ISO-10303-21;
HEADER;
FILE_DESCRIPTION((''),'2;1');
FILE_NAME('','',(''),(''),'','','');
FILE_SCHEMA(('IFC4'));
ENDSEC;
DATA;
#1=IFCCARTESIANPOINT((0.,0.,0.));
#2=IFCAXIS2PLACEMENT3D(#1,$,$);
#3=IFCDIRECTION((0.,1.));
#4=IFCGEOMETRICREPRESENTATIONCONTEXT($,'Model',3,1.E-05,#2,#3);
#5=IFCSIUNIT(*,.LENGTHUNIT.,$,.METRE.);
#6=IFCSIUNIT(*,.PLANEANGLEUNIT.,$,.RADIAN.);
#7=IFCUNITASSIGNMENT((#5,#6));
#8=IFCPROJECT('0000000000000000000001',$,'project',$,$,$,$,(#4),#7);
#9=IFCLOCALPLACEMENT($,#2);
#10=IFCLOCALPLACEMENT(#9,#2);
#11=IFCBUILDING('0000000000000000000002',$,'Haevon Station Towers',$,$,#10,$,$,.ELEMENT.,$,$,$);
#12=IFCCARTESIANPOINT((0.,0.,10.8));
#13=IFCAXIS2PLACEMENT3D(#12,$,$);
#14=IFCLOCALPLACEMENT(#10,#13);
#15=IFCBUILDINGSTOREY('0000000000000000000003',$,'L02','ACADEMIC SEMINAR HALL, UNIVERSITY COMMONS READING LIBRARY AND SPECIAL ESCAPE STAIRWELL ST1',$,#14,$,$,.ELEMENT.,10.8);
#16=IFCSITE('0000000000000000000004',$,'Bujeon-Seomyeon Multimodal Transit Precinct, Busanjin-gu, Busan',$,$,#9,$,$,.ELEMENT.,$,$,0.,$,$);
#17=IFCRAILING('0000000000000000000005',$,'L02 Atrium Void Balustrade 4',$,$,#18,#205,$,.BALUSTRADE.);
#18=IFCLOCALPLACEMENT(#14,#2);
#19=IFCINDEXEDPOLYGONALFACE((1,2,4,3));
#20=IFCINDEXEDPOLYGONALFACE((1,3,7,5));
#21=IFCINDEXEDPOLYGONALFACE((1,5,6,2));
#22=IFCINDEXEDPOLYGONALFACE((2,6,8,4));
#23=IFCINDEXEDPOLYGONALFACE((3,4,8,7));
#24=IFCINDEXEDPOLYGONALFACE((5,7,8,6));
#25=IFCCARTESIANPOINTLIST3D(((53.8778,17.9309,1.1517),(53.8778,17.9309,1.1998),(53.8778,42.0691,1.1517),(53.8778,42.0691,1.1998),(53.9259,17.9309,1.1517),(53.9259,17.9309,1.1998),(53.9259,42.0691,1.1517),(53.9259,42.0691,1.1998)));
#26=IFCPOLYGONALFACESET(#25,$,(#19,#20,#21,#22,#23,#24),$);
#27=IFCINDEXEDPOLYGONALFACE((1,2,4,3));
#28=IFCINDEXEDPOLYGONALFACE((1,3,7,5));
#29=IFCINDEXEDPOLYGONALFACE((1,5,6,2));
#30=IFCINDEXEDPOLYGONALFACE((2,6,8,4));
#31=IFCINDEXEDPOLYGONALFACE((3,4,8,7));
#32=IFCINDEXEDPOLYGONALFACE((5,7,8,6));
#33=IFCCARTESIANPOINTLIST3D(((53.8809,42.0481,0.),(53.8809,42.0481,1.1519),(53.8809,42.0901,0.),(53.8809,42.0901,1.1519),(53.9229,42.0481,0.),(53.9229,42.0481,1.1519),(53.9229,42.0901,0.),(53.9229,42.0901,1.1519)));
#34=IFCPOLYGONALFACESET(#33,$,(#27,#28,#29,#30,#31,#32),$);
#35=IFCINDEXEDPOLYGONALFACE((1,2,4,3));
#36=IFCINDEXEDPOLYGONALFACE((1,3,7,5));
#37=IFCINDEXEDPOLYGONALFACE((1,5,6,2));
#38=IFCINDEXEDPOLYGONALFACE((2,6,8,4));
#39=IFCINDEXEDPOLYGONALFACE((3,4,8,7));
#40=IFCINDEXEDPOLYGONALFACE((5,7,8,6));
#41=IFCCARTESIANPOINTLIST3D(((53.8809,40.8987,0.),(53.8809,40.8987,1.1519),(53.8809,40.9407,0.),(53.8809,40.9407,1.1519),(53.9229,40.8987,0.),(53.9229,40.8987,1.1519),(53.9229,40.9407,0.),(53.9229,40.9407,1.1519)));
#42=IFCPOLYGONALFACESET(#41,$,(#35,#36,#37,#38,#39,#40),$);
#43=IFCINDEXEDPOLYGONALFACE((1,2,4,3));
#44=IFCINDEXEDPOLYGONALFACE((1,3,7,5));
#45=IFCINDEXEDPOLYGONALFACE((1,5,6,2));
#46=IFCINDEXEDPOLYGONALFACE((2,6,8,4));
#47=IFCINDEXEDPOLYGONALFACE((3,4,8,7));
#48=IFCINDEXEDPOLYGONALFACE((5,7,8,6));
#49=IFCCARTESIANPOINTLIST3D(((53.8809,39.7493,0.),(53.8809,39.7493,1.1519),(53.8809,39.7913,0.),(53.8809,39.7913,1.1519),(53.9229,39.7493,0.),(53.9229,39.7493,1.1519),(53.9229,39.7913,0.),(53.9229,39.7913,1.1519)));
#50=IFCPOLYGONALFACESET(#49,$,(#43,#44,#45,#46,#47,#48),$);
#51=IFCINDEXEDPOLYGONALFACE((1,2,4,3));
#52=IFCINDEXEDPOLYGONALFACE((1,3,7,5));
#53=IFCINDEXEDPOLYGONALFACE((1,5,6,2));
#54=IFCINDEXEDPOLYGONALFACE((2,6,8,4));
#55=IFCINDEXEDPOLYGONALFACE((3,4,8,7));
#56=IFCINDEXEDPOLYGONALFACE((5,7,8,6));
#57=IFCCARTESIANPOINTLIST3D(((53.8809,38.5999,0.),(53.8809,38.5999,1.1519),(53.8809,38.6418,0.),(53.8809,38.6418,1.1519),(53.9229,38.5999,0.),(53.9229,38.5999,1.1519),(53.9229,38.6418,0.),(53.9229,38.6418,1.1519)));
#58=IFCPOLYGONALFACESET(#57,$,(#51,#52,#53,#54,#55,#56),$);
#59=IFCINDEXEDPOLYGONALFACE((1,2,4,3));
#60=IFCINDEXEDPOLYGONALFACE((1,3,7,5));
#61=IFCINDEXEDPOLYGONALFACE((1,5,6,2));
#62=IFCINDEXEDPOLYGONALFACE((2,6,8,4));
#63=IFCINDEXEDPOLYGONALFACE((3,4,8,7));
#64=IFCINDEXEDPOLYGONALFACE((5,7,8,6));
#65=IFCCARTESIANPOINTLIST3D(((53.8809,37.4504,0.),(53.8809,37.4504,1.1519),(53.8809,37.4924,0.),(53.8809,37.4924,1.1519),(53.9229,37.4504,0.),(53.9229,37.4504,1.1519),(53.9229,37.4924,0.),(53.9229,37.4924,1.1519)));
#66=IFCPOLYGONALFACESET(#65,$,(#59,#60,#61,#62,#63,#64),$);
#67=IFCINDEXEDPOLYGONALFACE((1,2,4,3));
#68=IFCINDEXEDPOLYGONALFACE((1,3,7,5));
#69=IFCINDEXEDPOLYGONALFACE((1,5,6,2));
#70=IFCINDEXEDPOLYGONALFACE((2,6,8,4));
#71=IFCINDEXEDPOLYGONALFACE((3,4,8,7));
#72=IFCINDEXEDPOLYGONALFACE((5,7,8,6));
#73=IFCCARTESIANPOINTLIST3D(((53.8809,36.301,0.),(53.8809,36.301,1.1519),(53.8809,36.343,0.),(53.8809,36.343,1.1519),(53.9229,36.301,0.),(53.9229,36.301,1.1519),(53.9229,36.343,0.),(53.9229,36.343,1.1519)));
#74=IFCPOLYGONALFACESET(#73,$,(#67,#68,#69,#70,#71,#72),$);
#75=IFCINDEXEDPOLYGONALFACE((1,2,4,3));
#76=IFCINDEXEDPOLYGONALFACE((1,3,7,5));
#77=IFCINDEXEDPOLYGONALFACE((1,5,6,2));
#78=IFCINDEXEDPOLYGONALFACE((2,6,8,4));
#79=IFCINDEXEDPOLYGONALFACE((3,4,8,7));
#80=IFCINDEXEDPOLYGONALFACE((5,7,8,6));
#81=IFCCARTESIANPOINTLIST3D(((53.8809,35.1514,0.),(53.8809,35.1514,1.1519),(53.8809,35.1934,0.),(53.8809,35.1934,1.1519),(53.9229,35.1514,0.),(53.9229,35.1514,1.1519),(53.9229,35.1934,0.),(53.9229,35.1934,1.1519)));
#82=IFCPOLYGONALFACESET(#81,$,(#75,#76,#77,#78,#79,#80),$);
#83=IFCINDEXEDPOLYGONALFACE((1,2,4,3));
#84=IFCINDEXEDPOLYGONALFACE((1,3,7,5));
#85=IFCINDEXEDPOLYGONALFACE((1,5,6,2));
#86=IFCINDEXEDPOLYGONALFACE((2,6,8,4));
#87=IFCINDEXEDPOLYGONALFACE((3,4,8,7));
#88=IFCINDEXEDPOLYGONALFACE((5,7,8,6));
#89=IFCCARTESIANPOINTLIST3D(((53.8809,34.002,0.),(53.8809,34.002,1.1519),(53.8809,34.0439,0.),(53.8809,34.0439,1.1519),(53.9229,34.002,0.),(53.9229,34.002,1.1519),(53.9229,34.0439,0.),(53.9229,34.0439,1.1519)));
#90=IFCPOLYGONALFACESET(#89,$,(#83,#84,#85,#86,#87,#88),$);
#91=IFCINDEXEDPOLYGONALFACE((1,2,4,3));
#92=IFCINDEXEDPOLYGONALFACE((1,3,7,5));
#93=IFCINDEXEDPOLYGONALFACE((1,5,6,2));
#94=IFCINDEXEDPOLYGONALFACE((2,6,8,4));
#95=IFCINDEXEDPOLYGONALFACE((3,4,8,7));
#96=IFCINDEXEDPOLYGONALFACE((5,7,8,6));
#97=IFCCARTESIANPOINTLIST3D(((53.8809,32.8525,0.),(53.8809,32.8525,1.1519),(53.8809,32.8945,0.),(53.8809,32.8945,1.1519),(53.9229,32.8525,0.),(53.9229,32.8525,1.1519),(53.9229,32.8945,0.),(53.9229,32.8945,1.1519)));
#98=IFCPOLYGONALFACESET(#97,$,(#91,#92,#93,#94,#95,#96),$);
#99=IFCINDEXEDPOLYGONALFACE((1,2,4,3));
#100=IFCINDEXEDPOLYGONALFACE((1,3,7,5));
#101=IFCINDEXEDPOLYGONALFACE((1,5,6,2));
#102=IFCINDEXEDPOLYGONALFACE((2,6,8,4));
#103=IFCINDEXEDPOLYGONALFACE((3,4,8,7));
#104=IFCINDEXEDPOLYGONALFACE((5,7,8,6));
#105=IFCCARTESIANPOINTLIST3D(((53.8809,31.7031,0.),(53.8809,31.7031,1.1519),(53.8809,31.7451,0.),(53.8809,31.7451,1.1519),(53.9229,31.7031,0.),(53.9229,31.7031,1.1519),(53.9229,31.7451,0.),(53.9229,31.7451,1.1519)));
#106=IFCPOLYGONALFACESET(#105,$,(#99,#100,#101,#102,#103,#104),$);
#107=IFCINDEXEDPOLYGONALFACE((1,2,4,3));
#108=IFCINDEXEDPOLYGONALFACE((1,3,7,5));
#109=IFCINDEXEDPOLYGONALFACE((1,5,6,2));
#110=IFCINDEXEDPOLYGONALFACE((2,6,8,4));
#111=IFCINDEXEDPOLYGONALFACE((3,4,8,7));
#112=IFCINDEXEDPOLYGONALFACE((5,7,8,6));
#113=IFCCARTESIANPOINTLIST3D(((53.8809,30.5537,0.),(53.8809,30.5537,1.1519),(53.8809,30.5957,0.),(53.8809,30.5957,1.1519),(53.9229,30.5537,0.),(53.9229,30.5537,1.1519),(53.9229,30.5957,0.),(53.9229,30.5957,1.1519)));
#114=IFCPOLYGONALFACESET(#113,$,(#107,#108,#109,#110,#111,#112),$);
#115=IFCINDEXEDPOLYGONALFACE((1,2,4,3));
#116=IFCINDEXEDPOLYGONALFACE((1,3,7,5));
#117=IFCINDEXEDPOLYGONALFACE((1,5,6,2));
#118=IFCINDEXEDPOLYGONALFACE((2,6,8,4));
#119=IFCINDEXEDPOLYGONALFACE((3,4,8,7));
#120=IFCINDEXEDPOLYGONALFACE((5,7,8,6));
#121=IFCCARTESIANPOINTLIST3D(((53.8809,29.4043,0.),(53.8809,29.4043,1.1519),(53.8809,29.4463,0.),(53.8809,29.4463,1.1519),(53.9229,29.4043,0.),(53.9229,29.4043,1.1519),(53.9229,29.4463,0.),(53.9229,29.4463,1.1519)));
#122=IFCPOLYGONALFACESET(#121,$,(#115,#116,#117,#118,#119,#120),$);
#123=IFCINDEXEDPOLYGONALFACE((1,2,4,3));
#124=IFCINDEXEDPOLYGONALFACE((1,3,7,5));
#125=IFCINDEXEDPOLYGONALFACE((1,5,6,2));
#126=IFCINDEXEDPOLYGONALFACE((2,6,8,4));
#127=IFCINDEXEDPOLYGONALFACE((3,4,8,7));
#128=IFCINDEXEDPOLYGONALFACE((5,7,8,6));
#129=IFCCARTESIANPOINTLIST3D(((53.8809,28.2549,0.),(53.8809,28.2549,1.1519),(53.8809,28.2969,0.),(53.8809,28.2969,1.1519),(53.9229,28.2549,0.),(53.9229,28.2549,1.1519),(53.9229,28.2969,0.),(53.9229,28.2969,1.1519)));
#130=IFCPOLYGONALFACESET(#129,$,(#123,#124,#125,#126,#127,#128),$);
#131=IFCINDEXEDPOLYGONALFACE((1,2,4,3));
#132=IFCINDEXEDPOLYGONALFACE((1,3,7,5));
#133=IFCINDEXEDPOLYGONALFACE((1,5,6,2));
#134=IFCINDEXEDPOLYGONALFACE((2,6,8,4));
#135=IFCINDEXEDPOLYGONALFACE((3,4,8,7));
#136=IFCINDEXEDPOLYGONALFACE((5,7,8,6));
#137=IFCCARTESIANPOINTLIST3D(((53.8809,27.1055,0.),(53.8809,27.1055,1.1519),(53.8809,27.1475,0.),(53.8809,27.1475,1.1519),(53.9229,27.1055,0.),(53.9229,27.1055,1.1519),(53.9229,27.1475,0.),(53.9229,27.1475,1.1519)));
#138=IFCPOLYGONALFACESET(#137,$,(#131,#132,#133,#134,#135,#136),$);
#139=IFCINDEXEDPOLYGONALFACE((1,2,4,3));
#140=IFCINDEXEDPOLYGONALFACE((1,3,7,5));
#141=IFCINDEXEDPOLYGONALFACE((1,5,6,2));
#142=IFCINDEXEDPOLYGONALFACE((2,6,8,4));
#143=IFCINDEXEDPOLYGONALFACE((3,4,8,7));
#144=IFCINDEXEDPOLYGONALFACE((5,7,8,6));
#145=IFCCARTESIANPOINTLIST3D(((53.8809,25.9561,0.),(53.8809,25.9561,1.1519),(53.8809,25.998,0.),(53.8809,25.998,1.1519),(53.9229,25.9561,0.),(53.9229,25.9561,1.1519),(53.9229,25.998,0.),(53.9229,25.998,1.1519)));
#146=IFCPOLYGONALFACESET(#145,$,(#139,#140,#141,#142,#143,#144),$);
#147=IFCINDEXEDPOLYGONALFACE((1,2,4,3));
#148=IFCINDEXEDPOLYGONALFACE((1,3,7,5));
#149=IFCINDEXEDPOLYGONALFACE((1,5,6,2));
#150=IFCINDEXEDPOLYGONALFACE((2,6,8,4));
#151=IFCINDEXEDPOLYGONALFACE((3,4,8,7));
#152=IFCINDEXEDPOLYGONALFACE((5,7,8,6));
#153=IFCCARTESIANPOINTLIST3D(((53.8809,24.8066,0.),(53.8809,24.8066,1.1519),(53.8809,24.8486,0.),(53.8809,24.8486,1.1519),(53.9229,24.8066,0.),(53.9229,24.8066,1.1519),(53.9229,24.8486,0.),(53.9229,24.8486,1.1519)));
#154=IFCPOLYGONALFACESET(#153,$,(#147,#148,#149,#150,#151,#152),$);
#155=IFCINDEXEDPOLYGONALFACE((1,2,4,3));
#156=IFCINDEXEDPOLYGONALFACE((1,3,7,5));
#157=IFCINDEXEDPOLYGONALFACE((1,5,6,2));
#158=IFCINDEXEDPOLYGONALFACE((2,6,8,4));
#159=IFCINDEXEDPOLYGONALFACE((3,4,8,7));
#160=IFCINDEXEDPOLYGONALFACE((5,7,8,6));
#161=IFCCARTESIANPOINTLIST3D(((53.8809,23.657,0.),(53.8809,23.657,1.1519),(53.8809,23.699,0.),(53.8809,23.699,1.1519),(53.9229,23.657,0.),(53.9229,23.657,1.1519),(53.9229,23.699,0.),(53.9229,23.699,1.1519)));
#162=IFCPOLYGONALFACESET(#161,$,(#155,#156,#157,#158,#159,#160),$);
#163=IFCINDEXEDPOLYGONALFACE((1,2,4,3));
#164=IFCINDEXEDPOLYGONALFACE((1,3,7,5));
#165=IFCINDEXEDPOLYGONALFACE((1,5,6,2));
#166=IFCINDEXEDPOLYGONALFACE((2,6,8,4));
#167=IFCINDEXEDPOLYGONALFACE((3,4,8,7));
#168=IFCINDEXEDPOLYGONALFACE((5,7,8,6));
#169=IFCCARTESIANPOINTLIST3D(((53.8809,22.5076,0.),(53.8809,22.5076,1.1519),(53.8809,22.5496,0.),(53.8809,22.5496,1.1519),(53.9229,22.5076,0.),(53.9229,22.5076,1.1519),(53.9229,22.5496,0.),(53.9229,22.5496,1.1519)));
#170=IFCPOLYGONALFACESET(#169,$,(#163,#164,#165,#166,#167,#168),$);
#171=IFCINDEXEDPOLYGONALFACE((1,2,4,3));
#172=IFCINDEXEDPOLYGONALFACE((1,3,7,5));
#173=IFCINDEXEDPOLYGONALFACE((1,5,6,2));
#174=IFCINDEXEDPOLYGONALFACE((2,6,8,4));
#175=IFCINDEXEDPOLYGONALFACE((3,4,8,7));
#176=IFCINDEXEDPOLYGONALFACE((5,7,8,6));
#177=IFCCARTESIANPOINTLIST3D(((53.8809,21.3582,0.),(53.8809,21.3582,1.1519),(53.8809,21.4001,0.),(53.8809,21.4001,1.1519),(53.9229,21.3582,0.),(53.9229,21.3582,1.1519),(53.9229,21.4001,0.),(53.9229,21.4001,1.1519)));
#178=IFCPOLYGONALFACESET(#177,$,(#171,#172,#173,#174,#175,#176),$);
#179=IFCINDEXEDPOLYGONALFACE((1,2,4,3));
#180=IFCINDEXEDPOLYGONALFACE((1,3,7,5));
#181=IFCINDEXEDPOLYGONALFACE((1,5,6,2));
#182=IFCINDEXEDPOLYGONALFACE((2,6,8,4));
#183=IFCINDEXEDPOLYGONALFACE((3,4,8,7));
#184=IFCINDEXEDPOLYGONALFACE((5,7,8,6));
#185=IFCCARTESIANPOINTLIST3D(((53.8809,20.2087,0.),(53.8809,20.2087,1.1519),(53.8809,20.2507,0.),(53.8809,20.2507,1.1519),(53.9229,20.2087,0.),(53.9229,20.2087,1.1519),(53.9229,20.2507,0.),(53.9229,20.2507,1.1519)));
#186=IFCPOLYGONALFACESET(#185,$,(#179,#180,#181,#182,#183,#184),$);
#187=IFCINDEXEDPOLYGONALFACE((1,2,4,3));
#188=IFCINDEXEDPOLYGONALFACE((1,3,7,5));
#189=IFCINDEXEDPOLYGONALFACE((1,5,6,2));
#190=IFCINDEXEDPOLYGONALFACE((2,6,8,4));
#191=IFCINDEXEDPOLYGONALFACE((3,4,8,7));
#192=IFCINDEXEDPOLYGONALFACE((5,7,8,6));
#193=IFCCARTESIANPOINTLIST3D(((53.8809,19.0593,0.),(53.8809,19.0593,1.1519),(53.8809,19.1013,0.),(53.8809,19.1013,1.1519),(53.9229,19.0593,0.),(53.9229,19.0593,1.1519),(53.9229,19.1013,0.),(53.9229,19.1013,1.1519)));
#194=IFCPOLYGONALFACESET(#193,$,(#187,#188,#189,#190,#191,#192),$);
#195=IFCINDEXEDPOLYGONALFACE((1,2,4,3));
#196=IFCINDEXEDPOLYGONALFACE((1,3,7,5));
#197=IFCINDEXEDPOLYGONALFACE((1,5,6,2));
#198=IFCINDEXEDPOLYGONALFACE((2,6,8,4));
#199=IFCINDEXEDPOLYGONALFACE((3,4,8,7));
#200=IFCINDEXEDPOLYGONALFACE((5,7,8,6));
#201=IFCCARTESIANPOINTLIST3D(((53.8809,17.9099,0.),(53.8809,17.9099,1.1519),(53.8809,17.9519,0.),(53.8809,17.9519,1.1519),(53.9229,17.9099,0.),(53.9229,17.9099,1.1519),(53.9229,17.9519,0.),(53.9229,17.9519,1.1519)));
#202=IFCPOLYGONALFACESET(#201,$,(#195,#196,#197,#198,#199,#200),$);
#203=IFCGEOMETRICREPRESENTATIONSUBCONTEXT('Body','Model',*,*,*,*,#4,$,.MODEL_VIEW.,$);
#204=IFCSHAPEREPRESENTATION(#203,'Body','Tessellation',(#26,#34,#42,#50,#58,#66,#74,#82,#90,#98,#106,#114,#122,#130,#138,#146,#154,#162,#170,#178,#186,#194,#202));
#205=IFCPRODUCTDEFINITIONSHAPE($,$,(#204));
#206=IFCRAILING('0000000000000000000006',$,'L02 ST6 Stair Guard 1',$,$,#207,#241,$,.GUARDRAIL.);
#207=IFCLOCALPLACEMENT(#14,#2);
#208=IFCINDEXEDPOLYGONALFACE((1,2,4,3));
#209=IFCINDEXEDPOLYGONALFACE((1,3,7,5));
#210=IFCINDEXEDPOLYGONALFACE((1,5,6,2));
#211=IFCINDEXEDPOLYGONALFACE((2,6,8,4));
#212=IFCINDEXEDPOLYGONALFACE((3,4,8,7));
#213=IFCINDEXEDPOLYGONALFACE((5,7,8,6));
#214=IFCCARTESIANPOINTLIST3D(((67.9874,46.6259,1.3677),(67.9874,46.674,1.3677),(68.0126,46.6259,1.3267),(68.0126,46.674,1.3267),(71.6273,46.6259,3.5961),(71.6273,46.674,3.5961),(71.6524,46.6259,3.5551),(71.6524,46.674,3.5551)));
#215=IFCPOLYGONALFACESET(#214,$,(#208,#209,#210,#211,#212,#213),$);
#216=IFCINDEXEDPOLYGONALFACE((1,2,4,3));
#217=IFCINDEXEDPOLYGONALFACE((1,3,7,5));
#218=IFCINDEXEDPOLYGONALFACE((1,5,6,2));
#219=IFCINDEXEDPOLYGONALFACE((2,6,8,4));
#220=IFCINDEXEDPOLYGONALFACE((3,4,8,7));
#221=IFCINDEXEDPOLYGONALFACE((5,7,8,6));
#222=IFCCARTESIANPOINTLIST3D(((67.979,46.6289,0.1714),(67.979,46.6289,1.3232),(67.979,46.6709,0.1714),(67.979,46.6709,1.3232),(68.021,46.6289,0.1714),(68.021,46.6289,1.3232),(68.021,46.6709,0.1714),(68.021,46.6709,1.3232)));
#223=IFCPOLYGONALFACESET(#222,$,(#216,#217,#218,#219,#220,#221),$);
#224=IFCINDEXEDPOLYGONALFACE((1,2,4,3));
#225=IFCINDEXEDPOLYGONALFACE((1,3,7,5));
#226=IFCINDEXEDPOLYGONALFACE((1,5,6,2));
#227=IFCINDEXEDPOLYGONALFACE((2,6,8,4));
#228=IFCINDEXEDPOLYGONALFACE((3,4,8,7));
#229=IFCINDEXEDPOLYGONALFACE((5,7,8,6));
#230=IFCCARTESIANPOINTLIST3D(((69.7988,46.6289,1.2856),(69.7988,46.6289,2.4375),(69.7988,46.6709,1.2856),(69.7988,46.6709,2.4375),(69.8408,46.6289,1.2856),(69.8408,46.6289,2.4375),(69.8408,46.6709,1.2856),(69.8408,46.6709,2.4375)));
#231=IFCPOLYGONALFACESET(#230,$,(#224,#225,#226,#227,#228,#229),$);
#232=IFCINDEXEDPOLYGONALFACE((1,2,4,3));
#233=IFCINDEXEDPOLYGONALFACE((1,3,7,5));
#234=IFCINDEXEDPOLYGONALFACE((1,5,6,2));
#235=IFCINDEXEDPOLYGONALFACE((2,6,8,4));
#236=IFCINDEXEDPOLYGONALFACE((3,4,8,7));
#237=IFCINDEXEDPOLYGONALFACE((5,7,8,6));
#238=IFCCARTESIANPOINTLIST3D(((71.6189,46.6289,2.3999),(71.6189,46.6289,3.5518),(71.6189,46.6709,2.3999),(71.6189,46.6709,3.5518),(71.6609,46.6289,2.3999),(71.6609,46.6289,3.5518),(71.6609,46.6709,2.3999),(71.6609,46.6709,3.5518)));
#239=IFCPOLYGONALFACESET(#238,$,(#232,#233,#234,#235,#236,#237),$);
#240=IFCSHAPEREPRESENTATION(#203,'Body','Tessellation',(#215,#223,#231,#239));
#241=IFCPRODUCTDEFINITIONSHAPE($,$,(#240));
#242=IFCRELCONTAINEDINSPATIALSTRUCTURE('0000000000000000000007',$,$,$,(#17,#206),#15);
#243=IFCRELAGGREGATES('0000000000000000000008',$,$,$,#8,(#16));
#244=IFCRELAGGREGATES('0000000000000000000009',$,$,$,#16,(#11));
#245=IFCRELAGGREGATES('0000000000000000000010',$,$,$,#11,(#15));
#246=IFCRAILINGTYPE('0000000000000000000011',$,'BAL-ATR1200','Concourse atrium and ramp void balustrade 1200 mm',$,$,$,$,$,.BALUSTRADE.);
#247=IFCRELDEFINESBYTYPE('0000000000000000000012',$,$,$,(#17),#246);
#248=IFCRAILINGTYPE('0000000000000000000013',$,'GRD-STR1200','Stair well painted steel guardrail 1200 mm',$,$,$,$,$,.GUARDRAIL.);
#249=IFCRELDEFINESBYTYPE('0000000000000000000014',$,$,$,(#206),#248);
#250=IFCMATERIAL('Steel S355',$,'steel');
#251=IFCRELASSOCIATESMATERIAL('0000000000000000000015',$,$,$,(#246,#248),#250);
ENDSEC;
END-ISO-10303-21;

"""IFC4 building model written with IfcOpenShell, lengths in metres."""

from ifc_helpers import new_model, si_unit, direction, frame, origin, origin_2d, place, context, subcontext, project, spatial, rectangle, extrude, material, type_object, element, save


model = new_model("IFC4")

# Units and contexts
model_context = context("Model", 3, precision=1e-05, world=origin(), true_north=direction((0.0, 1.0)))
body_context = subcontext(model_context, "Body", "Model", "MODEL_VIEW")
ifc_project = project(units=[si_unit("LENGTHUNIT", "METRE"), si_unit("PLANEANGLEUNIT", "RADIAN")], contexts=[model_context])

# Site, building, storey
site_placement = place(None, origin())
site = spatial("IfcSite", under=ifc_project, at=site_placement, Name="Bujeon-Seomyeon Multimodal Transit Precinct, Busanjin-gu, Busan", CompositionType="ELEMENT", RefElevation=0.0)
building_placement = place(site_placement, origin())
building = spatial("IfcBuilding", under=site, at=building_placement, Name="Haevon Station Towers", CompositionType="ELEMENT")
storey_placement = place(building_placement, frame((0.0, 0.0, 10.8)))
storey = spatial("IfcBuildingStorey", under=building, at=storey_placement, Name="L02", Description="ACADEMIC SEMINAR HALL, UNIVERSITY COMMONS READING LIBRARY AND SPECIAL ESCAPE STAIRWELL ST1", CompositionType="ELEMENT", Elevation=10.8)

# Shared definitions
ifc_material_1 = material(Name="Steel S355", Category="steel")

# Railings
railing_type_1 = type_object("IfcRailingType", Name="BAL-ATR1200", Description="Concourse atrium and ramp void balustrade 1200 mm", PredefinedType="BALUSTRADE", material=ifc_material_1)
railing_1_placement = place(storey_placement, frame((53.9019, 42.0691, 0.0)))
element("IfcRailing", 1, at=railing_1_placement, inside=storey, type_object=railing_type_1, Name="L02 Atrium Void Balustrade 4", PredefinedType="BALUSTRADE", context=body_context, shape_type="SweptSolid", body=[
    extrude(rectangle(XDim=0.0481, YDim=0.0481, at=origin_2d()), frame((0.0, 0.0, 1.1758), z_axis=(0.0, -1.0, 0.0), x_axis=(1.0, 0.0, 0.0)), (0.0, 0.0, 1.0), 24.1382),
    extrude(rectangle(XDim=0.042, YDim=0.042, at=origin_2d()), origin(), (0.0, 0.0, 1.0), 1.1519),
    extrude(rectangle(XDim=0.042, YDim=0.042, at=origin_2d()), frame((0.0, -1.1494, 0.0)), (0.0, 0.0, 1.0), 1.1519),
    extrude(rectangle(XDim=0.042, YDim=0.042, at=origin_2d()), frame((0.0, -2.2988, 0.0)), (0.0, 0.0, 1.0), 1.1519),
    extrude(rectangle(XDim=0.042, YDim=0.042, at=origin_2d()), frame((0.0, -3.4482, 0.0)), (0.0, 0.0, 1.0), 1.1519),
    extrude(rectangle(XDim=0.042, YDim=0.042, at=origin_2d()), frame((0.0, -4.5977, 0.0)), (0.0, 0.0, 1.0), 1.1519),
    extrude(rectangle(XDim=0.042, YDim=0.042, at=origin_2d()), frame((0.0, -5.7471, 0.0)), (0.0, 0.0, 1.0), 1.1519),
    extrude(rectangle(XDim=0.042, YDim=0.042, at=origin_2d()), frame((0.0, -6.8967, 0.0)), (0.0, 0.0, 1.0), 1.1519),
    extrude(rectangle(XDim=0.042, YDim=0.042, at=origin_2d()), frame((0.0, -8.0461, 0.0)), (0.0, 0.0, 1.0), 1.1519),
    extrude(rectangle(XDim=0.042, YDim=0.042, at=origin_2d()), frame((0.0, -9.1956, 0.0)), (0.0, 0.0, 1.0), 1.1519),
    extrude(rectangle(XDim=0.042, YDim=0.042, at=origin_2d()), frame((0.0, -10.345, 0.0)), (0.0, 0.0, 1.0), 1.1519),
    extrude(rectangle(XDim=0.042, YDim=0.042, at=origin_2d()), frame((0.0, -11.4944, 0.0)), (0.0, 0.0, 1.0), 1.1519),
    extrude(rectangle(XDim=0.042, YDim=0.042, at=origin_2d()), frame((0.0, -12.6438, 0.0)), (0.0, 0.0, 1.0), 1.1519),
    extrude(rectangle(XDim=0.042, YDim=0.042, at=origin_2d()), frame((0.0, -13.7932, 0.0)), (0.0, 0.0, 1.0), 1.1519),
    extrude(rectangle(XDim=0.042, YDim=0.042, at=origin_2d()), frame((0.0, -14.9426, 0.0)), (0.0, 0.0, 1.0), 1.1519),
    extrude(rectangle(XDim=0.042, YDim=0.042, at=origin_2d()), frame((0.0, -16.092, 0.0)), (0.0, 0.0, 1.0), 1.1519),
    extrude(rectangle(XDim=0.042, YDim=0.042, at=origin_2d()), frame((0.0, -17.2415, 0.0)), (0.0, 0.0, 1.0), 1.1519),
    extrude(rectangle(XDim=0.042, YDim=0.042, at=origin_2d()), frame((0.0, -18.3911, 0.0)), (0.0, 0.0, 1.0), 1.1519),
    extrude(rectangle(XDim=0.042, YDim=0.042, at=origin_2d()), frame((0.0, -19.5405, 0.0)), (0.0, 0.0, 1.0), 1.1519),
    extrude(rectangle(XDim=0.042, YDim=0.042, at=origin_2d()), frame((0.0, -20.6899, 0.0)), (0.0, 0.0, 1.0), 1.1519),
    extrude(rectangle(XDim=0.042, YDim=0.042, at=origin_2d()), frame((0.0, -21.8394, 0.0)), (0.0, 0.0, 1.0), 1.1519),
    extrude(rectangle(XDim=0.042, YDim=0.042, at=origin_2d()), frame((0.0, -22.9888, 0.0)), (0.0, 0.0, 1.0), 1.1519),
    extrude(rectangle(XDim=0.042, YDim=0.042, at=origin_2d()), frame((0.0, -24.1382, 0.0)), (0.0, 0.0, 1.0), 1.1519),
])
railing_type_2 = type_object("IfcRailingType", Name="GRD-STR1200", Description="Stair well painted steel guardrail 1200 mm", PredefinedType="GUARDRAIL", material=ifc_material_1)
railing_2_placement = place(storey_placement, frame((68.0, 46.6499, 0.1714)))
element("IfcRailing", 2, at=railing_2_placement, inside=storey, type_object=railing_type_2, Name="L02 ST6 Stair Guard 1", PredefinedType="GUARDRAIL", context=body_context, shape_type="SweptSolid", body=[
    extrude(rectangle(XDim=0.0481, YDim=0.0481, at=origin_2d()), frame((0.0, 0.0, 1.1758), z_axis=(0.85285, 0.0, 0.522156), x_axis=(0.0, 1.0, 0.0)), (0.0, 0.0, 1.0), 4.2678),
    extrude(rectangle(XDim=0.042, YDim=0.042, at=origin_2d()), origin(), (0.0, 0.0, 1.0), 1.1519),
    extrude(rectangle(XDim=0.042, YDim=0.042, at=origin_2d()), frame((1.8198, 0.0, 1.1143)), (0.0, 0.0, 1.0), 1.1519),
    extrude(rectangle(XDim=0.042, YDim=0.042, at=origin_2d()), frame((3.6399, 0.0, 2.2285)), (0.0, 0.0, 1.0), 1.1519),
])

save(model, "model.ifc")
